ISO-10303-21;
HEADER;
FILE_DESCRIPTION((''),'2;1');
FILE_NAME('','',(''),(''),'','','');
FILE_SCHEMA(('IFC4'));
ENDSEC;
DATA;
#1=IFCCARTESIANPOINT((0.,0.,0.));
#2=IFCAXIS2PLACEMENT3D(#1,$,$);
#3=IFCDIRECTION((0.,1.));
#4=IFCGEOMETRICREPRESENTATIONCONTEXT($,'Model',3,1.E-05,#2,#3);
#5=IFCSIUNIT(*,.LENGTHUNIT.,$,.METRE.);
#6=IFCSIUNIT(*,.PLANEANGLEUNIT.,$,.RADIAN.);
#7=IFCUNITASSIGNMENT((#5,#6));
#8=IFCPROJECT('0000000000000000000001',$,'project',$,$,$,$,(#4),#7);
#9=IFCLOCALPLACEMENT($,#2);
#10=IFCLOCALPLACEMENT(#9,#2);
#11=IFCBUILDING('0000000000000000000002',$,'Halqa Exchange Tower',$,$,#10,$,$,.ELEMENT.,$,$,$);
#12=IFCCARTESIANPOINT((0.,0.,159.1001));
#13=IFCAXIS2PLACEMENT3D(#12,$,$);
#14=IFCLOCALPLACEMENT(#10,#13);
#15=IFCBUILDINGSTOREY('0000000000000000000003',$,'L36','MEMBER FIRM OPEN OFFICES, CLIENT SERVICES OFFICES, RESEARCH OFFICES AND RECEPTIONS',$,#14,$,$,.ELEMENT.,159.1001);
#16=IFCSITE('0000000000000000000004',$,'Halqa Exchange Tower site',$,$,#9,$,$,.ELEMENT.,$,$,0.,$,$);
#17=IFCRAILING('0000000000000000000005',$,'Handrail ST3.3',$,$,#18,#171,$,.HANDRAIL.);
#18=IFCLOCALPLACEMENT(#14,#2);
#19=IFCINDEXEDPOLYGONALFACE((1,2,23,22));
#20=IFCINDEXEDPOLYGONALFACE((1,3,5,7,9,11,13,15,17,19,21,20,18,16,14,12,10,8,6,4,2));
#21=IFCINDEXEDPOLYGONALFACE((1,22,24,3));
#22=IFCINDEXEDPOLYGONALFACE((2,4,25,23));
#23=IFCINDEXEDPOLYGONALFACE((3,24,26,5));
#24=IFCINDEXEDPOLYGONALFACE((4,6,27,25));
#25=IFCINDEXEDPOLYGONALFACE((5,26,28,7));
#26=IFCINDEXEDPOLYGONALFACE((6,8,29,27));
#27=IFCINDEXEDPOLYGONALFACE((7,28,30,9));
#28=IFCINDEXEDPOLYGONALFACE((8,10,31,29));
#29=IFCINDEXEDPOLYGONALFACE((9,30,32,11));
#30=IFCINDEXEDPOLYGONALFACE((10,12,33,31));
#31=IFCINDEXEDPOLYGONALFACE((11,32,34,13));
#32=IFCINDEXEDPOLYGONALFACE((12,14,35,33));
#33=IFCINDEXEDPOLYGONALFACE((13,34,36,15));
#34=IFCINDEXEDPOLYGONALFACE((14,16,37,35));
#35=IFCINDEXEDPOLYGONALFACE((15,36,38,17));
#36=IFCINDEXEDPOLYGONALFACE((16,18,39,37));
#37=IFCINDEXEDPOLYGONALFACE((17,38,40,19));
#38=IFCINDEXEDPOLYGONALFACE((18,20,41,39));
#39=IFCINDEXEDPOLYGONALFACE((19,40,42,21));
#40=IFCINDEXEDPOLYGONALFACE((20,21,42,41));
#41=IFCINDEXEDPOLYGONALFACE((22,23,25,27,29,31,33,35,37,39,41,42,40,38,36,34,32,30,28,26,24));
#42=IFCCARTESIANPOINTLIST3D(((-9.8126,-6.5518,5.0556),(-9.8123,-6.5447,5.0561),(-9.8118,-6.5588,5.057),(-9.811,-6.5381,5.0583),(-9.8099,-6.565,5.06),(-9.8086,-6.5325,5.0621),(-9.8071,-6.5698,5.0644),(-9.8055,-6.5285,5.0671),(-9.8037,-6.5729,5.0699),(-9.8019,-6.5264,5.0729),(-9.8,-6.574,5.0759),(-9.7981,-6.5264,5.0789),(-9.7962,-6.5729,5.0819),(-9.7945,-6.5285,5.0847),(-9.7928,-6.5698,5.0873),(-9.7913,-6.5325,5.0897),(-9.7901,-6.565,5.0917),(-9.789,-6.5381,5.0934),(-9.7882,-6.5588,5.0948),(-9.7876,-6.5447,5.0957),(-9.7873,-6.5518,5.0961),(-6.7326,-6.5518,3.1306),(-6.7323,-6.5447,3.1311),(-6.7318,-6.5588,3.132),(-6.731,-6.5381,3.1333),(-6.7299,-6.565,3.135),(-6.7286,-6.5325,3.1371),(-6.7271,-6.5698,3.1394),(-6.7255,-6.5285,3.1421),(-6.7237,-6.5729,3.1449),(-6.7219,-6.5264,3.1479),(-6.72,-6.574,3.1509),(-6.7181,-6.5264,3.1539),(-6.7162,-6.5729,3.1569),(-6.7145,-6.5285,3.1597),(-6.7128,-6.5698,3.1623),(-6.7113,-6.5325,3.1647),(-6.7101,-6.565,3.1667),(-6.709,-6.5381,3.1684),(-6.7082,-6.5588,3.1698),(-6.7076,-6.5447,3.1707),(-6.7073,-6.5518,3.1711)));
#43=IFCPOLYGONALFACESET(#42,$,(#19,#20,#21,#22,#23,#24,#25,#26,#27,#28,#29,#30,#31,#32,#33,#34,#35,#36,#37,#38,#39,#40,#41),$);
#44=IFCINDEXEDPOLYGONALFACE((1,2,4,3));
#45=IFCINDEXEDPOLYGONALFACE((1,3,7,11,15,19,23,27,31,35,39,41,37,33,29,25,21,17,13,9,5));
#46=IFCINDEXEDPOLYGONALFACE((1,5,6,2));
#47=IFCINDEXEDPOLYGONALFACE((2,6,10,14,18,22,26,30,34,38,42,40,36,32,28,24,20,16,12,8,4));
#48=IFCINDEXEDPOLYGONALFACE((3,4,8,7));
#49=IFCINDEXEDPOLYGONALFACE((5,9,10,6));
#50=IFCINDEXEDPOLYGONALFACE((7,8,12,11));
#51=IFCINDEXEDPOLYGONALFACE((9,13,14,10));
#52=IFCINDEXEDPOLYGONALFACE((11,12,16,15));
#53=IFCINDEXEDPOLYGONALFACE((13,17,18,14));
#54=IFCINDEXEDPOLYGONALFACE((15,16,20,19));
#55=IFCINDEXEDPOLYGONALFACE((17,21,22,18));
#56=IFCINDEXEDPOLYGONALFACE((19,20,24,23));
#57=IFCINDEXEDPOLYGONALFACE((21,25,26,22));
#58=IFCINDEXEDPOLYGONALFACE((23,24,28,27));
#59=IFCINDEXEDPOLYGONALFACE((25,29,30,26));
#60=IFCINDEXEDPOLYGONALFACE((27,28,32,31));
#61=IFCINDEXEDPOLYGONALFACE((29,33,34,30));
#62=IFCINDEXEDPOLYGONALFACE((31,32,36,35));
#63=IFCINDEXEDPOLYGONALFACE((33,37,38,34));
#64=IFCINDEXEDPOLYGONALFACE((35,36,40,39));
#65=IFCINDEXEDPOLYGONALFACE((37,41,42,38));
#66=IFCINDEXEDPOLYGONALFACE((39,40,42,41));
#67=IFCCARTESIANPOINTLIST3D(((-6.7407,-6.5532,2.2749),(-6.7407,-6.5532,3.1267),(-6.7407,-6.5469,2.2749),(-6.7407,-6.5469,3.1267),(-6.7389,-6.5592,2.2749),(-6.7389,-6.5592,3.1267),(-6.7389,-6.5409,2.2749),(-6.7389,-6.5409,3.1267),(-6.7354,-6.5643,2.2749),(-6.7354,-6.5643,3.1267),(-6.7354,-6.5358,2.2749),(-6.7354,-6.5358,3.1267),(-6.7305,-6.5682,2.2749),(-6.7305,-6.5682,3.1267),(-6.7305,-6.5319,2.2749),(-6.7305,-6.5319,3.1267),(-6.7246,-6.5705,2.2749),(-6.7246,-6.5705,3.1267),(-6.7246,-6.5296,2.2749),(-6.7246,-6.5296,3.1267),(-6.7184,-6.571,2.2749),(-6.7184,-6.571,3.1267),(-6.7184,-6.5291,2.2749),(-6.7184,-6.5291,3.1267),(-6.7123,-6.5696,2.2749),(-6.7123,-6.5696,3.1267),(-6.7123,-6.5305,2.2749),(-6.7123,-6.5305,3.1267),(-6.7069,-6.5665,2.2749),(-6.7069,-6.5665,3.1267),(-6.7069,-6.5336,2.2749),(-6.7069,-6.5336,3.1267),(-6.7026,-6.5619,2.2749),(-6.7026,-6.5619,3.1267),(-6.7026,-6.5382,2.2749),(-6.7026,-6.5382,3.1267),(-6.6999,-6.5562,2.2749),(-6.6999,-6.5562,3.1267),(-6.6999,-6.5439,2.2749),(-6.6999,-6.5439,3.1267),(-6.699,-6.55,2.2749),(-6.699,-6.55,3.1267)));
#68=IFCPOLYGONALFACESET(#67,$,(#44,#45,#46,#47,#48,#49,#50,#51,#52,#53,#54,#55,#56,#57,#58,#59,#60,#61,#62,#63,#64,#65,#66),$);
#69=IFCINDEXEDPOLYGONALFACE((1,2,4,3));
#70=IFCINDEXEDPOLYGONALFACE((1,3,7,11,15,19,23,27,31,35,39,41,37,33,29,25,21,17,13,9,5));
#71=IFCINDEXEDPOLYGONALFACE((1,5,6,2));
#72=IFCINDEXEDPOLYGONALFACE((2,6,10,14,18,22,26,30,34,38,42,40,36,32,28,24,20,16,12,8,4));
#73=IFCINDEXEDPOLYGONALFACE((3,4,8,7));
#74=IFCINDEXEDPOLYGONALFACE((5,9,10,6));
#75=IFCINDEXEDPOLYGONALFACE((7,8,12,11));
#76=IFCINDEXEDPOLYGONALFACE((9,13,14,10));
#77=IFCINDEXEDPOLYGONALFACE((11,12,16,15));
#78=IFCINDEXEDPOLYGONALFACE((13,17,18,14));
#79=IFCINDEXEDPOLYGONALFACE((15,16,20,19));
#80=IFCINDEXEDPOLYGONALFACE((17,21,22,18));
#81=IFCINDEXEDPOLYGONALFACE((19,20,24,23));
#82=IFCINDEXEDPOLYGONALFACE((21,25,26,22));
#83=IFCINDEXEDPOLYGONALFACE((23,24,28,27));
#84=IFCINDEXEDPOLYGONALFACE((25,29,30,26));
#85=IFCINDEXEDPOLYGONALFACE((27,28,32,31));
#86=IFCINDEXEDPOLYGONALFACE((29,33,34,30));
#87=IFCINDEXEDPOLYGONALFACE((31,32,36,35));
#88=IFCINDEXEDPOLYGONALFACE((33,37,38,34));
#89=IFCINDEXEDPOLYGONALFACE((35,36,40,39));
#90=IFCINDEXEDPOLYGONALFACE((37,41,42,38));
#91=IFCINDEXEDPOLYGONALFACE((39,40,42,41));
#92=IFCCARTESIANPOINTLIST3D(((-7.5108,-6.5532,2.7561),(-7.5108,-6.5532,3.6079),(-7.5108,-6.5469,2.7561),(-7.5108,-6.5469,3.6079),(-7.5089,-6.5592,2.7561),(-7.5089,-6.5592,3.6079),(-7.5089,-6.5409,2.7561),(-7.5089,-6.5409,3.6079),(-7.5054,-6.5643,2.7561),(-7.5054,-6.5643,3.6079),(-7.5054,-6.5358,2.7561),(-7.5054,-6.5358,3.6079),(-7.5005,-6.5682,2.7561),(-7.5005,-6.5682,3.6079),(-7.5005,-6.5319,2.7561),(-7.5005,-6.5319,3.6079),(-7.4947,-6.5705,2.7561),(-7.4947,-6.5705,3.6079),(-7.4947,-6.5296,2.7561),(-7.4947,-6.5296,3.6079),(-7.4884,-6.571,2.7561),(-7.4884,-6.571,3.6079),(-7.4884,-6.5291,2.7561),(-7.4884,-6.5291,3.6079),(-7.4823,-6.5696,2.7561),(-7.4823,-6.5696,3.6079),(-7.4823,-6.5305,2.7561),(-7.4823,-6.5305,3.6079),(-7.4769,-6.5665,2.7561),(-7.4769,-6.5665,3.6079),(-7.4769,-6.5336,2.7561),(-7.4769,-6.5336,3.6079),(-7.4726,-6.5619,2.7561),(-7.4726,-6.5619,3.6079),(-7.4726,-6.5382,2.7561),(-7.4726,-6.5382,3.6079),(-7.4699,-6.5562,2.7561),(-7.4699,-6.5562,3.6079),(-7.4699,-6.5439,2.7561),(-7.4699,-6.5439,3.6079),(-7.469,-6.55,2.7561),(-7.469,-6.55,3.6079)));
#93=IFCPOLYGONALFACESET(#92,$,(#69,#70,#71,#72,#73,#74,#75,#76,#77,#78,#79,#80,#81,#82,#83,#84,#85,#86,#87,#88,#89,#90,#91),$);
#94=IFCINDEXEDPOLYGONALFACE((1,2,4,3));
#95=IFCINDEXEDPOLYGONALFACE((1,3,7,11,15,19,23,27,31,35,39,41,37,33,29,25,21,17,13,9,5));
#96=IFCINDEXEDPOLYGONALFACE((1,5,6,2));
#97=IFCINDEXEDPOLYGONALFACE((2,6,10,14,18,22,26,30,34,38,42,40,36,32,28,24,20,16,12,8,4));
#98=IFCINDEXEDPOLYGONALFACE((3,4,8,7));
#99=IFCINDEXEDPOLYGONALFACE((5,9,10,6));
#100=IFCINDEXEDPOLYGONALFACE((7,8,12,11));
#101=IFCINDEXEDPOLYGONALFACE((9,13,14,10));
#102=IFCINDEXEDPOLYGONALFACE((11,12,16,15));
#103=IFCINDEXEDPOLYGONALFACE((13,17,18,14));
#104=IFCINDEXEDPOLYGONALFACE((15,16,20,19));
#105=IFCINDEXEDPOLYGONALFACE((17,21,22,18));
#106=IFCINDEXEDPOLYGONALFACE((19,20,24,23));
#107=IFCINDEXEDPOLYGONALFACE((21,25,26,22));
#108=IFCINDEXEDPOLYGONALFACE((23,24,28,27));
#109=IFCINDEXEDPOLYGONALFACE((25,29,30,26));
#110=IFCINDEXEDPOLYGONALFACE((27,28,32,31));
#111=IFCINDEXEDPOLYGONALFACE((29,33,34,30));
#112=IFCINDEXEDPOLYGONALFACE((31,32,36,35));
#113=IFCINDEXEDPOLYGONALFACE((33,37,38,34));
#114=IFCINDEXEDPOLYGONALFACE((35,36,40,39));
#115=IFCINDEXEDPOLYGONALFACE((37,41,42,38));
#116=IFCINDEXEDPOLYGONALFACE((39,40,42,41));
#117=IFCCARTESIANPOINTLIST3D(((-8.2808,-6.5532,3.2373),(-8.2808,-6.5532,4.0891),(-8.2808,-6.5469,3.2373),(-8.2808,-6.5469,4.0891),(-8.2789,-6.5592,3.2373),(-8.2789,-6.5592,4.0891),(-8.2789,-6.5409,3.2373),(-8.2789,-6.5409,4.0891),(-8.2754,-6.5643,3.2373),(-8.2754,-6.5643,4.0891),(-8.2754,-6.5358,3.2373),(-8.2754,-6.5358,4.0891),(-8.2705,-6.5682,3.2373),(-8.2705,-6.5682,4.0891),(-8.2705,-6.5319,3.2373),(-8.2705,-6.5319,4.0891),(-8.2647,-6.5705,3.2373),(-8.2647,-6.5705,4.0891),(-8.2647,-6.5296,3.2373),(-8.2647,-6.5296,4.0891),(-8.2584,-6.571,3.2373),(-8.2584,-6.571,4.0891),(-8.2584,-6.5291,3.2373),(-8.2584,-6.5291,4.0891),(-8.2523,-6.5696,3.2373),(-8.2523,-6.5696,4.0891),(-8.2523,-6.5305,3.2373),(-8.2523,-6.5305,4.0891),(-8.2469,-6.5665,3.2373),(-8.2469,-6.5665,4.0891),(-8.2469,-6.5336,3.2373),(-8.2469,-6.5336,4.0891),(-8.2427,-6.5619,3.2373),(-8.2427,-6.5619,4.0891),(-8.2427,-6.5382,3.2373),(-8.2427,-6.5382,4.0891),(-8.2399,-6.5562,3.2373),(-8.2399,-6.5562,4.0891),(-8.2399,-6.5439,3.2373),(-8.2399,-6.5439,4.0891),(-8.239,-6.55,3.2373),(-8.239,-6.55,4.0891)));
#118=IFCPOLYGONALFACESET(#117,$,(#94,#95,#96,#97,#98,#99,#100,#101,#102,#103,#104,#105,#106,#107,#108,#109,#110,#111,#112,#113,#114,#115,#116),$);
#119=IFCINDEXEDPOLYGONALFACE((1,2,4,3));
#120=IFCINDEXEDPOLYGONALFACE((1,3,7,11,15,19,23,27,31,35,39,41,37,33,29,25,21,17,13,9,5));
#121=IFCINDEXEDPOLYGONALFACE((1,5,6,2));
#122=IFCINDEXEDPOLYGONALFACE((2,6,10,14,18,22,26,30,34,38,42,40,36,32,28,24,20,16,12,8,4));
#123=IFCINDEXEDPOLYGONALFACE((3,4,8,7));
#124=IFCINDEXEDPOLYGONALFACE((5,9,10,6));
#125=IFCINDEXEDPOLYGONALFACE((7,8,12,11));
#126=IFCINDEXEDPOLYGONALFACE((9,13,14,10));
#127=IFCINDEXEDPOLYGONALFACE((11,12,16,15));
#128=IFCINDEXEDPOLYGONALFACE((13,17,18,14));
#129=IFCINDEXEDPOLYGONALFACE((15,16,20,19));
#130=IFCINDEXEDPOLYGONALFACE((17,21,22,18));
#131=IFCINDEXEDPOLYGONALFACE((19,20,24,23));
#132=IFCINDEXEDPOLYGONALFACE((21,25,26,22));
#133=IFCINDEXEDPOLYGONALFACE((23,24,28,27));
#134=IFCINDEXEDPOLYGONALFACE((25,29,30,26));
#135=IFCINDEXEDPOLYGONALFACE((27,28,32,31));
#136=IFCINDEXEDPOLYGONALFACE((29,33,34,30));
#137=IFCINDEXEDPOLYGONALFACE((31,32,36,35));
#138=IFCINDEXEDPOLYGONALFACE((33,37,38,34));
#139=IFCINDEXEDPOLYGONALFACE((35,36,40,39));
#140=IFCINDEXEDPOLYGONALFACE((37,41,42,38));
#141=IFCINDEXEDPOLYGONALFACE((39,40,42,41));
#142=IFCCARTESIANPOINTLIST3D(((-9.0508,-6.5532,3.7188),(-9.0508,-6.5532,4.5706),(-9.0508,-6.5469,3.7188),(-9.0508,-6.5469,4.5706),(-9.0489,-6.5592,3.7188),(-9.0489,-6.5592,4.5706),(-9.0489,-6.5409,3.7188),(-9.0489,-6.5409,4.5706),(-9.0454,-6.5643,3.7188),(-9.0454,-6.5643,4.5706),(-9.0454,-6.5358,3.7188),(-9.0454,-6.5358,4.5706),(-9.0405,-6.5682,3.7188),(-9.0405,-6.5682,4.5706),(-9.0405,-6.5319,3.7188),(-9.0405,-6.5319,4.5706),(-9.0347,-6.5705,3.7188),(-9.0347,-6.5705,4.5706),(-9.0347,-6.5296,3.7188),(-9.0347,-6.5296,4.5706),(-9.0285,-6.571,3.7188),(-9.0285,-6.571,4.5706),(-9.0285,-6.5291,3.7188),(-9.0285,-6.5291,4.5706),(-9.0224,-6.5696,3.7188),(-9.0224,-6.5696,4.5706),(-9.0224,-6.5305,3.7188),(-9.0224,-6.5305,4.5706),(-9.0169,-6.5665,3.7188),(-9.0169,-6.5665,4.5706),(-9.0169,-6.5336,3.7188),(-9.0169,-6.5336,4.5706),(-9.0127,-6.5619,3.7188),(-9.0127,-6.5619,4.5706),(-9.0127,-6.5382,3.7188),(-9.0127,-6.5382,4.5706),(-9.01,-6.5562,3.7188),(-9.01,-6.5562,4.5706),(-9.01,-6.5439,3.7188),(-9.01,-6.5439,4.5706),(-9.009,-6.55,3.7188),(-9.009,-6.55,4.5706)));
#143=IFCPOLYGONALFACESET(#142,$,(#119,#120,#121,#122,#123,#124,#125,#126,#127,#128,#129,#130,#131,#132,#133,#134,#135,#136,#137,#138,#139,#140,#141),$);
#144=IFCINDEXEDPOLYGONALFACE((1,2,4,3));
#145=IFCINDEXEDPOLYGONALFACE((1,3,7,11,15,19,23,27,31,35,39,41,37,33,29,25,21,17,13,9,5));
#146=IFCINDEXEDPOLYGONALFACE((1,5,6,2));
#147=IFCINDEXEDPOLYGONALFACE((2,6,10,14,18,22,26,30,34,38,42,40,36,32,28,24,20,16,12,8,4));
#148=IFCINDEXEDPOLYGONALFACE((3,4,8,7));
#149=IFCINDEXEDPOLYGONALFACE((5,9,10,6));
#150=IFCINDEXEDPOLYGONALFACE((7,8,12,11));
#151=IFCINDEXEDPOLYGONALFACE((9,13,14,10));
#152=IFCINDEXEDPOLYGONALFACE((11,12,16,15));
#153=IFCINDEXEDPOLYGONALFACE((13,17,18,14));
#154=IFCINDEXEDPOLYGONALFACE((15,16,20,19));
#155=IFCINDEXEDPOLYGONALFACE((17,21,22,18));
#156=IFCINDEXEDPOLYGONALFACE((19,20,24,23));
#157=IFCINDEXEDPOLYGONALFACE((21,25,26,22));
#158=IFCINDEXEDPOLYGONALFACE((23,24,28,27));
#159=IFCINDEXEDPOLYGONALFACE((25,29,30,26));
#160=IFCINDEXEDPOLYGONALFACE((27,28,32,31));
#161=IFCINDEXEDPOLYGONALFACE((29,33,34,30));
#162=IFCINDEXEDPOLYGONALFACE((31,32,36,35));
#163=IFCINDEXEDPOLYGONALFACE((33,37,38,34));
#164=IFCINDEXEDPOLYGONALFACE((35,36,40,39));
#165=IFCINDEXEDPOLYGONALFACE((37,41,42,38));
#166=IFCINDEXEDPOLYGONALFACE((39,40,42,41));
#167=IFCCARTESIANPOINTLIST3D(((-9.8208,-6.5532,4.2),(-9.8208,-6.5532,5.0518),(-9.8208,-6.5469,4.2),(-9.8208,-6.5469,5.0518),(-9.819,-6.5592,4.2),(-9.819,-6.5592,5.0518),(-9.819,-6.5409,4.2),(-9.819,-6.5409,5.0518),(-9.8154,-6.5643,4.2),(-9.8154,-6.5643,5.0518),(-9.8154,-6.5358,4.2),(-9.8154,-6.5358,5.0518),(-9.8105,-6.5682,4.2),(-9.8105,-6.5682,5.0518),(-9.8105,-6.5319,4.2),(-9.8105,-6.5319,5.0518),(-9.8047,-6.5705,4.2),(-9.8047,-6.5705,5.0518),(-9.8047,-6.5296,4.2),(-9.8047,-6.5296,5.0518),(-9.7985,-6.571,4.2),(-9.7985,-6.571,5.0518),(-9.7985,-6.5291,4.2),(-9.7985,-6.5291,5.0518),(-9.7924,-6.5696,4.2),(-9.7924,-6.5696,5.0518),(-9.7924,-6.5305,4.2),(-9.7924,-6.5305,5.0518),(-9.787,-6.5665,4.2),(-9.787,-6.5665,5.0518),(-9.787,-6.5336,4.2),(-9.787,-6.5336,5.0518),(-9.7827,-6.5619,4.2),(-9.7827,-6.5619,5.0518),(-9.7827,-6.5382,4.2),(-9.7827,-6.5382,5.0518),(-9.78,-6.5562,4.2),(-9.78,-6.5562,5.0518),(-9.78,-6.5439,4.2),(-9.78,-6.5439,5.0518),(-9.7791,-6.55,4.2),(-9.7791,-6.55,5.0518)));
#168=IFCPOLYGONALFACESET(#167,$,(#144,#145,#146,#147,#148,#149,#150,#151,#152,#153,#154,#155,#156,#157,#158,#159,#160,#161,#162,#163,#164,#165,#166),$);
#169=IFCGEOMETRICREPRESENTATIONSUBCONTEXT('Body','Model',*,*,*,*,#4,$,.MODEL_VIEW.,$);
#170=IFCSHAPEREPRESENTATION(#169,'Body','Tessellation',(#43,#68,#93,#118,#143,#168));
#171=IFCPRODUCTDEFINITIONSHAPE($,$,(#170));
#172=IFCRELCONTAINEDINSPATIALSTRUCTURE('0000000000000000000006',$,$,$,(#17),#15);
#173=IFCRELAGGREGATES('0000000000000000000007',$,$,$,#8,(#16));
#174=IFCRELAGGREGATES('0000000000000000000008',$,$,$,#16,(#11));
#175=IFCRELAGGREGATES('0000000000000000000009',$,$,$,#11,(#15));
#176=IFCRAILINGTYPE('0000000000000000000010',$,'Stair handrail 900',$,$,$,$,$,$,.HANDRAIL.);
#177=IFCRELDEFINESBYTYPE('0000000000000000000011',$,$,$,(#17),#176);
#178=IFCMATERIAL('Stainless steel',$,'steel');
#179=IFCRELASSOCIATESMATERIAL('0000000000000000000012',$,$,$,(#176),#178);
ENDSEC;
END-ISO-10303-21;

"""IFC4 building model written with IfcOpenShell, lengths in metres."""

from ifc_helpers import new_model, si_unit, direction, frame, origin, origin_2d, place, context, subcontext, project, spatial, circle, extrude, material, type_object, element, save


model = new_model("IFC4")

# Units and contexts
model_context = context("Model", 3, precision=1e-05, world=origin(), true_north=direction((0.0, 1.0)))
body_context = subcontext(model_context, "Body", "Model", "MODEL_VIEW")
ifc_project = project(units=[si_unit("LENGTHUNIT", "METRE"), si_unit("PLANEANGLEUNIT", "RADIAN")], contexts=[model_context])

# Site, building, storey
site_placement = place(None, origin())
site = spatial("IfcSite", under=ifc_project, at=site_placement, Name="Halqa Exchange Tower site", CompositionType="ELEMENT", RefElevation=0.0)
building_placement = place(site_placement, origin())
building = spatial("IfcBuilding", under=site, at=building_placement, Name="Halqa Exchange Tower", CompositionType="ELEMENT")
storey_placement = place(building_placement, frame((0.0, 0.0, 159.1001)))
storey = spatial("IfcBuildingStorey", under=building, at=storey_placement, Name="L36", Description="MEMBER FIRM OPEN OFFICES, CLIENT SERVICES OFFICES, RESEARCH OFFICES AND RECEPTIONS", CompositionType="ELEMENT", Elevation=159.1001)

# Shared definitions
ifc_material_1 = material(Name="Stainless steel", Category="steel")

# Railing
railing_type_1 = type_object("IfcRailingType", Name="Stair handrail 900", PredefinedType="HANDRAIL", material=ifc_material_1)
railing_1_placement = place(storey_placement, frame((-6.72, -6.55, 2.2749)))
element("IfcRailing", 1, at=railing_1_placement, inside=storey, type_object=railing_type_1, Name="Handrail ST3.3", PredefinedType="HANDRAIL", context=body_context, shape_type="SweptSolid", body=[
    extrude(circle(Radius=0.0239, at=origin_2d()), frame((0.0, 0.0, 0.876), z_axis=(-0.847998, 0.0, 0.529999), x_axis=(0.0, -1.0, 0.0)), (0.0, 0.0, 1.0), 3.6321),
    extrude(circle(Radius=0.021, at=origin_2d()), origin(), (0.0, 0.0, 1.0), 0.8518),
    extrude(circle(Radius=0.021, at=origin_2d()), frame((-0.77, 0.0, 0.4812)), (0.0, 0.0, 1.0), 0.8518),
    extrude(circle(Radius=0.021, at=origin_2d()), frame((-1.54, 0.0, 0.9624)), (0.0, 0.0, 1.0), 0.8518),
    extrude(circle(Radius=0.021, at=origin_2d()), frame((-2.3101, 0.0, 1.4438)), (0.0, 0.0, 1.0), 0.8518),
    extrude(circle(Radius=0.021, at=origin_2d()), frame((-3.0801, 0.0, 1.925)), (0.0, 0.0, 1.0), 0.8518),
])

save(model, "model.ifc")
